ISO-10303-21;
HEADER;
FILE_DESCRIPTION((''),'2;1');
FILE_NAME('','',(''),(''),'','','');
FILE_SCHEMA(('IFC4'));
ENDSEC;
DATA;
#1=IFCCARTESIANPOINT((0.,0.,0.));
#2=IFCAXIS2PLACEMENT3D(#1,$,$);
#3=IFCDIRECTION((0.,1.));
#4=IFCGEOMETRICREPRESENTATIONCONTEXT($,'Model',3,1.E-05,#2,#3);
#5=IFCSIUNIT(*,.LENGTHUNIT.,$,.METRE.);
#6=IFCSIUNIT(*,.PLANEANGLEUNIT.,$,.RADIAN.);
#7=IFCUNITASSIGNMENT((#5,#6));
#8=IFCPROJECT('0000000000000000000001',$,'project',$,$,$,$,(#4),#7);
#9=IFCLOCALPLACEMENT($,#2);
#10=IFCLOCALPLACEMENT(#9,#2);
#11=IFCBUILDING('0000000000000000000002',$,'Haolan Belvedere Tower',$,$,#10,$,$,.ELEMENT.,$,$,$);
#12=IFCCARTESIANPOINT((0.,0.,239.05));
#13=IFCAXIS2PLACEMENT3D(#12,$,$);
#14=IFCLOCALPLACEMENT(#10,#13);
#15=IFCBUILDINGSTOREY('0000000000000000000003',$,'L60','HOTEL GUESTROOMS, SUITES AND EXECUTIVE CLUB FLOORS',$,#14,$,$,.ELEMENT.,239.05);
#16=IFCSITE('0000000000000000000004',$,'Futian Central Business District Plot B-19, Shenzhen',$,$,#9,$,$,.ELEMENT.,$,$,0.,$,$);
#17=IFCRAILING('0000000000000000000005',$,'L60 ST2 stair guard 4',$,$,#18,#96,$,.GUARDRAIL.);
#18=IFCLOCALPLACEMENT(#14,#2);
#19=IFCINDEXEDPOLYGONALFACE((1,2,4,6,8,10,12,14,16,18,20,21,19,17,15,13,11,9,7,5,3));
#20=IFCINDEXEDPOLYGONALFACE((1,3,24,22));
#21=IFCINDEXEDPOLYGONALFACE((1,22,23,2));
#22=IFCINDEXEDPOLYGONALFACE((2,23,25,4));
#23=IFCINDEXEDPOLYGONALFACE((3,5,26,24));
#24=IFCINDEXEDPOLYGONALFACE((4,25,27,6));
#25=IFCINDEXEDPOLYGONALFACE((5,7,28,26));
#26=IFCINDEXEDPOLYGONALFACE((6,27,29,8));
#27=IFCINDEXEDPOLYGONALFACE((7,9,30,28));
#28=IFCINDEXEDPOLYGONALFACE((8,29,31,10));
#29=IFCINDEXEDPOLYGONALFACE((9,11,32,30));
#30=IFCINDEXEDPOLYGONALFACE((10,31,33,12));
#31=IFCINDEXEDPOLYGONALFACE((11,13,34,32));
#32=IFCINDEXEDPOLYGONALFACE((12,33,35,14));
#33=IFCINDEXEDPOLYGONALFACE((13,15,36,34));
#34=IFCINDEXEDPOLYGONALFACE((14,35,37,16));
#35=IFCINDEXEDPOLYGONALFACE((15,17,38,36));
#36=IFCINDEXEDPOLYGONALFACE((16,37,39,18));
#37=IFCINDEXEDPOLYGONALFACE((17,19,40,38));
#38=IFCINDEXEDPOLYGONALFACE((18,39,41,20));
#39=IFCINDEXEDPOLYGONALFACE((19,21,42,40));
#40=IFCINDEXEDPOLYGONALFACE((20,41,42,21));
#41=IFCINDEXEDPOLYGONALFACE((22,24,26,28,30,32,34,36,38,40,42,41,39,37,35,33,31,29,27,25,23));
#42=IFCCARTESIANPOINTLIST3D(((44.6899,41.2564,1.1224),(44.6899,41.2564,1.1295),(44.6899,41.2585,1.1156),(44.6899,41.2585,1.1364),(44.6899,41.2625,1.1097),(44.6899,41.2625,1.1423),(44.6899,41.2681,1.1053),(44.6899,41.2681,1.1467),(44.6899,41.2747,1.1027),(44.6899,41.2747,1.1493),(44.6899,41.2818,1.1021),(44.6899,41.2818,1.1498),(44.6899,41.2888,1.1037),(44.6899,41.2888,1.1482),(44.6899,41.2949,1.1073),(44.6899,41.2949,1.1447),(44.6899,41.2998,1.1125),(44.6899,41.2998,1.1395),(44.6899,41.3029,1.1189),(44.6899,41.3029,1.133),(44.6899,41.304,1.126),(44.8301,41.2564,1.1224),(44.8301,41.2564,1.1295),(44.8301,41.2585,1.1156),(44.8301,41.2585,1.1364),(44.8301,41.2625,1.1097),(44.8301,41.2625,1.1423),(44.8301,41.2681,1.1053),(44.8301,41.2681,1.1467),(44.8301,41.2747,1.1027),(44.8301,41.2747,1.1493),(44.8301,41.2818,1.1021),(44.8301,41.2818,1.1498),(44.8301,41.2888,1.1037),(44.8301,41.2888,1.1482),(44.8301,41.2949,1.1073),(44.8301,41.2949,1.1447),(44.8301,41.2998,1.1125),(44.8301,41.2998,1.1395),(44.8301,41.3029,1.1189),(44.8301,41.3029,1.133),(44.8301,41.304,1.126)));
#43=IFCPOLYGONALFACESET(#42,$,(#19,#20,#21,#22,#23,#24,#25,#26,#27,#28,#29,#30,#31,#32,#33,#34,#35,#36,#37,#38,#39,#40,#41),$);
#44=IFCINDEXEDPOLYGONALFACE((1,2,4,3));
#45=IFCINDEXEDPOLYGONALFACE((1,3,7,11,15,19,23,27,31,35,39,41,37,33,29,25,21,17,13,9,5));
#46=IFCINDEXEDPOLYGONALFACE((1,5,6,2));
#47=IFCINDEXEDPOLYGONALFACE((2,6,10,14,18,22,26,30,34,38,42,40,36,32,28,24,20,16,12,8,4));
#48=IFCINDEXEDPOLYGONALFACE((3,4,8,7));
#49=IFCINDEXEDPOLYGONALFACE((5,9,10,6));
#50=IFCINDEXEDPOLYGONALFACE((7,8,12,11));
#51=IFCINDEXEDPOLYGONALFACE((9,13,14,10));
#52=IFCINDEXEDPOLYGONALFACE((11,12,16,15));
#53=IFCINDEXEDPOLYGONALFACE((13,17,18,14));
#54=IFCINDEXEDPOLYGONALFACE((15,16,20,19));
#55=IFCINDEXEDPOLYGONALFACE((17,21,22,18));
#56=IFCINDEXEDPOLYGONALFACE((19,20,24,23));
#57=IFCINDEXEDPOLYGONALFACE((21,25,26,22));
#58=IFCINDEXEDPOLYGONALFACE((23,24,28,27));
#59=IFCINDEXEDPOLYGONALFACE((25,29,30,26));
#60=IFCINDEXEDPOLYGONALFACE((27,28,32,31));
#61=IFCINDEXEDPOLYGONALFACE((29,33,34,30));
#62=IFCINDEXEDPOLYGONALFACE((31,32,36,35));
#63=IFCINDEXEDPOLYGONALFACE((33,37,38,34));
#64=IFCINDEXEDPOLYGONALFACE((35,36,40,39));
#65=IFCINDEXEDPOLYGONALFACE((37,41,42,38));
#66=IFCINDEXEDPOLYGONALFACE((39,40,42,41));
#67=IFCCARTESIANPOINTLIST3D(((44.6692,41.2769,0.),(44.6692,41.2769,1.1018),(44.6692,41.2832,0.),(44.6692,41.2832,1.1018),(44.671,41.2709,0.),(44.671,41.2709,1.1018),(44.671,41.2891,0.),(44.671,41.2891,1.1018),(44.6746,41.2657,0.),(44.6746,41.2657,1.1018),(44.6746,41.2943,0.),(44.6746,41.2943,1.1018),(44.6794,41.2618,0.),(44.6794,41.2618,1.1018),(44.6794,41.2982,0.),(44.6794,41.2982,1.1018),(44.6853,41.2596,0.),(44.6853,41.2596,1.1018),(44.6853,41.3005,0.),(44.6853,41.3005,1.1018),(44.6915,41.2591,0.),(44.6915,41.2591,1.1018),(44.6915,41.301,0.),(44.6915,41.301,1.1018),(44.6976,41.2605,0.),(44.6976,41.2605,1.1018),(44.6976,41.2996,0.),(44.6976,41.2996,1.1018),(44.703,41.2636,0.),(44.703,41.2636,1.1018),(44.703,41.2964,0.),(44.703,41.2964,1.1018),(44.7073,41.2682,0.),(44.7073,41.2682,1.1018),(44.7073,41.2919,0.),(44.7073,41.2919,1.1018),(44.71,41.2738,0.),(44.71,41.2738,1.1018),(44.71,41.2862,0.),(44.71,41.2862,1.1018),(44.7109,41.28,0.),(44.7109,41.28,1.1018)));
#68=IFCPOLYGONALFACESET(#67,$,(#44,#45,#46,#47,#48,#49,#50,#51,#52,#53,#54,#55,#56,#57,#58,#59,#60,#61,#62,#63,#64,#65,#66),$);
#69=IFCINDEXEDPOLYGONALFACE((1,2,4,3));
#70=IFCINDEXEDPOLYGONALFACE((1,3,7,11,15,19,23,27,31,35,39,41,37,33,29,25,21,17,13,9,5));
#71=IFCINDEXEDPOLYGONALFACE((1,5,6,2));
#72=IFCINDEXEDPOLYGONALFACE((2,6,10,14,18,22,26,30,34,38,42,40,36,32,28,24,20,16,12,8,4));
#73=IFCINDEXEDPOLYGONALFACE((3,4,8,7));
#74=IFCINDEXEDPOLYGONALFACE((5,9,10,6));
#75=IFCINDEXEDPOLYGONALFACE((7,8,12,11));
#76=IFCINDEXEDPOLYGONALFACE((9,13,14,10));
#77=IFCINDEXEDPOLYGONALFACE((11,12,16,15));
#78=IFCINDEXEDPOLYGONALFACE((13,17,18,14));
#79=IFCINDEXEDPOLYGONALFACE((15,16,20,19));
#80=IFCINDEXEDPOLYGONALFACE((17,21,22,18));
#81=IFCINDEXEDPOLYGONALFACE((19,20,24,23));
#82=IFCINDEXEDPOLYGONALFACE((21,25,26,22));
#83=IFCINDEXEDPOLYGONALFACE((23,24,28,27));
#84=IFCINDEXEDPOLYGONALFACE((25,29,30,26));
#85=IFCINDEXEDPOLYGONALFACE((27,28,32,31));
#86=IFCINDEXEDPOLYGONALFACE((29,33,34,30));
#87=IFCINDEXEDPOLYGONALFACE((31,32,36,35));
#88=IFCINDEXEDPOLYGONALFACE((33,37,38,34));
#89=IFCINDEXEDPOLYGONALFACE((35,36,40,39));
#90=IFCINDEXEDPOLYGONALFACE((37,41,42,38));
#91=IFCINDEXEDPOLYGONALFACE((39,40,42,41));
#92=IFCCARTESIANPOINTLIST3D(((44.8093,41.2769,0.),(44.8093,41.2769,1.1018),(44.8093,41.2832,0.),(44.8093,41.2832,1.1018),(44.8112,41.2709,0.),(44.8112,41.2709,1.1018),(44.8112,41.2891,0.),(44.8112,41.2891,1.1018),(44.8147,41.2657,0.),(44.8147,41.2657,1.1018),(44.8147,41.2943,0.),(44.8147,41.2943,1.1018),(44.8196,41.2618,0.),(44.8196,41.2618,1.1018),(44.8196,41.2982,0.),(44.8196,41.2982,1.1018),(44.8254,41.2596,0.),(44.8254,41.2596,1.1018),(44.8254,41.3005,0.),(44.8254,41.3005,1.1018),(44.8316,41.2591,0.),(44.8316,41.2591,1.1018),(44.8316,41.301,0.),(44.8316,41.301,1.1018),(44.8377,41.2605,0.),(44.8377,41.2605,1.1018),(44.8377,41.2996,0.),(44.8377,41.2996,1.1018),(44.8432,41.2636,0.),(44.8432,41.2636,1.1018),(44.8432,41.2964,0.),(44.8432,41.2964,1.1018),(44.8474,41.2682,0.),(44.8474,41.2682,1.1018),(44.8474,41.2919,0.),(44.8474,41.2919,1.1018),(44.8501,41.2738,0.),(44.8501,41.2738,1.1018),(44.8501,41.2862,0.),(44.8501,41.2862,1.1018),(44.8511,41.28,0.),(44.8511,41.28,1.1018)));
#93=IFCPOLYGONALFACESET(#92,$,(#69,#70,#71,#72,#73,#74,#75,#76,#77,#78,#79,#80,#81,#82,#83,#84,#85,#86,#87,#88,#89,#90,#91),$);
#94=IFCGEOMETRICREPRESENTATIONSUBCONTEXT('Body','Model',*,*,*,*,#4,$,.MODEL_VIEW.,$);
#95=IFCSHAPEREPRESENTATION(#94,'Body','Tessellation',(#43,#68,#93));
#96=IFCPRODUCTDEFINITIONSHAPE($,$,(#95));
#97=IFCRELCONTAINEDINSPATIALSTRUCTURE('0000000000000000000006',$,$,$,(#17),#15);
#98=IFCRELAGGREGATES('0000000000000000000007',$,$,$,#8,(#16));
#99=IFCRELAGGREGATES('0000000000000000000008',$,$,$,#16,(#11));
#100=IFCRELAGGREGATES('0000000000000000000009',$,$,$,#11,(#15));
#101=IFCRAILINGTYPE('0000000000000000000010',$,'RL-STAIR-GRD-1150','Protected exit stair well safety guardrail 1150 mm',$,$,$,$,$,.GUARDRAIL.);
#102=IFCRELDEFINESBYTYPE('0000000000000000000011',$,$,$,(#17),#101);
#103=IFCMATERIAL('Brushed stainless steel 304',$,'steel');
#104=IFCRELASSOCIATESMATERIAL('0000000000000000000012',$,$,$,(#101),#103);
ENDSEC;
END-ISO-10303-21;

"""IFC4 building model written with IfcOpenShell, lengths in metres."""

from ifc_helpers import new_model, si_unit, direction, frame, origin, origin_2d, place, context, subcontext, project, spatial, circle, extrude, material, type_object, element, save


model = new_model("IFC4")

# Units and contexts
model_context = context("Model", 3, precision=1e-05, world=origin(), true_north=direction((0.0, 1.0)))
body_context = subcontext(model_context, "Body", "Model", "MODEL_VIEW")
ifc_project = project(units=[si_unit("LENGTHUNIT", "METRE"), si_unit("PLANEANGLEUNIT", "RADIAN")], contexts=[model_context])

# Site, building, storey
site_placement = place(None, origin())
site = spatial("IfcSite", under=ifc_project, at=site_placement, Name="Futian Central Business District Plot B-19, Shenzhen", CompositionType="ELEMENT", RefElevation=0.0)
building_placement = place(site_placement, origin())
building = spatial("IfcBuilding", under=site, at=building_placement, Name="Haolan Belvedere Tower", CompositionType="ELEMENT")
storey_placement = place(building_placement, frame((0.0, 0.0, 239.05)))
storey = spatial("IfcBuildingStorey", under=building, at=storey_placement, Name="L60", Description="HOTEL GUESTROOMS, SUITES AND EXECUTIVE CLUB FLOORS", CompositionType="ELEMENT", Elevation=239.05)

# Railing
ifc_material_1 = material(Name="Brushed stainless steel 304", Category="steel")
railing_type_1 = type_object("IfcRailingType", Name="RL-STAIR-GRD-1150", Description="Protected exit stair well safety guardrail 1150 mm", PredefinedType="GUARDRAIL", material=ifc_material_1)
railing_1_placement = place(storey_placement, frame((44.6899, 41.28, 0.0)))
element("IfcRailing", 1, at=railing_1_placement, inside=storey, type_object=railing_type_1, Name="L60 ST2 stair guard 4", PredefinedType="GUARDRAIL", context=body_context, shape_type="SweptSolid", body=[
    extrude(circle(Radius=0.0239, at=origin_2d()), frame((0.0, 0.0, 1.126), z_axis=(1.0, 0.0, 0.0), x_axis=(0.0, 1.0, 0.0)), (0.0, 0.0, 1.0), 0.1401),
    extrude(circle(Radius=0.021, at=origin_2d()), origin(), (0.0, 0.0, 1.0), 1.1018),
    extrude(circle(Radius=0.021, at=origin_2d()), frame((0.1401, 0.0, 0.0)), (0.0, 0.0, 1.0), 1.1018),
])

save(model, "model.ifc")
